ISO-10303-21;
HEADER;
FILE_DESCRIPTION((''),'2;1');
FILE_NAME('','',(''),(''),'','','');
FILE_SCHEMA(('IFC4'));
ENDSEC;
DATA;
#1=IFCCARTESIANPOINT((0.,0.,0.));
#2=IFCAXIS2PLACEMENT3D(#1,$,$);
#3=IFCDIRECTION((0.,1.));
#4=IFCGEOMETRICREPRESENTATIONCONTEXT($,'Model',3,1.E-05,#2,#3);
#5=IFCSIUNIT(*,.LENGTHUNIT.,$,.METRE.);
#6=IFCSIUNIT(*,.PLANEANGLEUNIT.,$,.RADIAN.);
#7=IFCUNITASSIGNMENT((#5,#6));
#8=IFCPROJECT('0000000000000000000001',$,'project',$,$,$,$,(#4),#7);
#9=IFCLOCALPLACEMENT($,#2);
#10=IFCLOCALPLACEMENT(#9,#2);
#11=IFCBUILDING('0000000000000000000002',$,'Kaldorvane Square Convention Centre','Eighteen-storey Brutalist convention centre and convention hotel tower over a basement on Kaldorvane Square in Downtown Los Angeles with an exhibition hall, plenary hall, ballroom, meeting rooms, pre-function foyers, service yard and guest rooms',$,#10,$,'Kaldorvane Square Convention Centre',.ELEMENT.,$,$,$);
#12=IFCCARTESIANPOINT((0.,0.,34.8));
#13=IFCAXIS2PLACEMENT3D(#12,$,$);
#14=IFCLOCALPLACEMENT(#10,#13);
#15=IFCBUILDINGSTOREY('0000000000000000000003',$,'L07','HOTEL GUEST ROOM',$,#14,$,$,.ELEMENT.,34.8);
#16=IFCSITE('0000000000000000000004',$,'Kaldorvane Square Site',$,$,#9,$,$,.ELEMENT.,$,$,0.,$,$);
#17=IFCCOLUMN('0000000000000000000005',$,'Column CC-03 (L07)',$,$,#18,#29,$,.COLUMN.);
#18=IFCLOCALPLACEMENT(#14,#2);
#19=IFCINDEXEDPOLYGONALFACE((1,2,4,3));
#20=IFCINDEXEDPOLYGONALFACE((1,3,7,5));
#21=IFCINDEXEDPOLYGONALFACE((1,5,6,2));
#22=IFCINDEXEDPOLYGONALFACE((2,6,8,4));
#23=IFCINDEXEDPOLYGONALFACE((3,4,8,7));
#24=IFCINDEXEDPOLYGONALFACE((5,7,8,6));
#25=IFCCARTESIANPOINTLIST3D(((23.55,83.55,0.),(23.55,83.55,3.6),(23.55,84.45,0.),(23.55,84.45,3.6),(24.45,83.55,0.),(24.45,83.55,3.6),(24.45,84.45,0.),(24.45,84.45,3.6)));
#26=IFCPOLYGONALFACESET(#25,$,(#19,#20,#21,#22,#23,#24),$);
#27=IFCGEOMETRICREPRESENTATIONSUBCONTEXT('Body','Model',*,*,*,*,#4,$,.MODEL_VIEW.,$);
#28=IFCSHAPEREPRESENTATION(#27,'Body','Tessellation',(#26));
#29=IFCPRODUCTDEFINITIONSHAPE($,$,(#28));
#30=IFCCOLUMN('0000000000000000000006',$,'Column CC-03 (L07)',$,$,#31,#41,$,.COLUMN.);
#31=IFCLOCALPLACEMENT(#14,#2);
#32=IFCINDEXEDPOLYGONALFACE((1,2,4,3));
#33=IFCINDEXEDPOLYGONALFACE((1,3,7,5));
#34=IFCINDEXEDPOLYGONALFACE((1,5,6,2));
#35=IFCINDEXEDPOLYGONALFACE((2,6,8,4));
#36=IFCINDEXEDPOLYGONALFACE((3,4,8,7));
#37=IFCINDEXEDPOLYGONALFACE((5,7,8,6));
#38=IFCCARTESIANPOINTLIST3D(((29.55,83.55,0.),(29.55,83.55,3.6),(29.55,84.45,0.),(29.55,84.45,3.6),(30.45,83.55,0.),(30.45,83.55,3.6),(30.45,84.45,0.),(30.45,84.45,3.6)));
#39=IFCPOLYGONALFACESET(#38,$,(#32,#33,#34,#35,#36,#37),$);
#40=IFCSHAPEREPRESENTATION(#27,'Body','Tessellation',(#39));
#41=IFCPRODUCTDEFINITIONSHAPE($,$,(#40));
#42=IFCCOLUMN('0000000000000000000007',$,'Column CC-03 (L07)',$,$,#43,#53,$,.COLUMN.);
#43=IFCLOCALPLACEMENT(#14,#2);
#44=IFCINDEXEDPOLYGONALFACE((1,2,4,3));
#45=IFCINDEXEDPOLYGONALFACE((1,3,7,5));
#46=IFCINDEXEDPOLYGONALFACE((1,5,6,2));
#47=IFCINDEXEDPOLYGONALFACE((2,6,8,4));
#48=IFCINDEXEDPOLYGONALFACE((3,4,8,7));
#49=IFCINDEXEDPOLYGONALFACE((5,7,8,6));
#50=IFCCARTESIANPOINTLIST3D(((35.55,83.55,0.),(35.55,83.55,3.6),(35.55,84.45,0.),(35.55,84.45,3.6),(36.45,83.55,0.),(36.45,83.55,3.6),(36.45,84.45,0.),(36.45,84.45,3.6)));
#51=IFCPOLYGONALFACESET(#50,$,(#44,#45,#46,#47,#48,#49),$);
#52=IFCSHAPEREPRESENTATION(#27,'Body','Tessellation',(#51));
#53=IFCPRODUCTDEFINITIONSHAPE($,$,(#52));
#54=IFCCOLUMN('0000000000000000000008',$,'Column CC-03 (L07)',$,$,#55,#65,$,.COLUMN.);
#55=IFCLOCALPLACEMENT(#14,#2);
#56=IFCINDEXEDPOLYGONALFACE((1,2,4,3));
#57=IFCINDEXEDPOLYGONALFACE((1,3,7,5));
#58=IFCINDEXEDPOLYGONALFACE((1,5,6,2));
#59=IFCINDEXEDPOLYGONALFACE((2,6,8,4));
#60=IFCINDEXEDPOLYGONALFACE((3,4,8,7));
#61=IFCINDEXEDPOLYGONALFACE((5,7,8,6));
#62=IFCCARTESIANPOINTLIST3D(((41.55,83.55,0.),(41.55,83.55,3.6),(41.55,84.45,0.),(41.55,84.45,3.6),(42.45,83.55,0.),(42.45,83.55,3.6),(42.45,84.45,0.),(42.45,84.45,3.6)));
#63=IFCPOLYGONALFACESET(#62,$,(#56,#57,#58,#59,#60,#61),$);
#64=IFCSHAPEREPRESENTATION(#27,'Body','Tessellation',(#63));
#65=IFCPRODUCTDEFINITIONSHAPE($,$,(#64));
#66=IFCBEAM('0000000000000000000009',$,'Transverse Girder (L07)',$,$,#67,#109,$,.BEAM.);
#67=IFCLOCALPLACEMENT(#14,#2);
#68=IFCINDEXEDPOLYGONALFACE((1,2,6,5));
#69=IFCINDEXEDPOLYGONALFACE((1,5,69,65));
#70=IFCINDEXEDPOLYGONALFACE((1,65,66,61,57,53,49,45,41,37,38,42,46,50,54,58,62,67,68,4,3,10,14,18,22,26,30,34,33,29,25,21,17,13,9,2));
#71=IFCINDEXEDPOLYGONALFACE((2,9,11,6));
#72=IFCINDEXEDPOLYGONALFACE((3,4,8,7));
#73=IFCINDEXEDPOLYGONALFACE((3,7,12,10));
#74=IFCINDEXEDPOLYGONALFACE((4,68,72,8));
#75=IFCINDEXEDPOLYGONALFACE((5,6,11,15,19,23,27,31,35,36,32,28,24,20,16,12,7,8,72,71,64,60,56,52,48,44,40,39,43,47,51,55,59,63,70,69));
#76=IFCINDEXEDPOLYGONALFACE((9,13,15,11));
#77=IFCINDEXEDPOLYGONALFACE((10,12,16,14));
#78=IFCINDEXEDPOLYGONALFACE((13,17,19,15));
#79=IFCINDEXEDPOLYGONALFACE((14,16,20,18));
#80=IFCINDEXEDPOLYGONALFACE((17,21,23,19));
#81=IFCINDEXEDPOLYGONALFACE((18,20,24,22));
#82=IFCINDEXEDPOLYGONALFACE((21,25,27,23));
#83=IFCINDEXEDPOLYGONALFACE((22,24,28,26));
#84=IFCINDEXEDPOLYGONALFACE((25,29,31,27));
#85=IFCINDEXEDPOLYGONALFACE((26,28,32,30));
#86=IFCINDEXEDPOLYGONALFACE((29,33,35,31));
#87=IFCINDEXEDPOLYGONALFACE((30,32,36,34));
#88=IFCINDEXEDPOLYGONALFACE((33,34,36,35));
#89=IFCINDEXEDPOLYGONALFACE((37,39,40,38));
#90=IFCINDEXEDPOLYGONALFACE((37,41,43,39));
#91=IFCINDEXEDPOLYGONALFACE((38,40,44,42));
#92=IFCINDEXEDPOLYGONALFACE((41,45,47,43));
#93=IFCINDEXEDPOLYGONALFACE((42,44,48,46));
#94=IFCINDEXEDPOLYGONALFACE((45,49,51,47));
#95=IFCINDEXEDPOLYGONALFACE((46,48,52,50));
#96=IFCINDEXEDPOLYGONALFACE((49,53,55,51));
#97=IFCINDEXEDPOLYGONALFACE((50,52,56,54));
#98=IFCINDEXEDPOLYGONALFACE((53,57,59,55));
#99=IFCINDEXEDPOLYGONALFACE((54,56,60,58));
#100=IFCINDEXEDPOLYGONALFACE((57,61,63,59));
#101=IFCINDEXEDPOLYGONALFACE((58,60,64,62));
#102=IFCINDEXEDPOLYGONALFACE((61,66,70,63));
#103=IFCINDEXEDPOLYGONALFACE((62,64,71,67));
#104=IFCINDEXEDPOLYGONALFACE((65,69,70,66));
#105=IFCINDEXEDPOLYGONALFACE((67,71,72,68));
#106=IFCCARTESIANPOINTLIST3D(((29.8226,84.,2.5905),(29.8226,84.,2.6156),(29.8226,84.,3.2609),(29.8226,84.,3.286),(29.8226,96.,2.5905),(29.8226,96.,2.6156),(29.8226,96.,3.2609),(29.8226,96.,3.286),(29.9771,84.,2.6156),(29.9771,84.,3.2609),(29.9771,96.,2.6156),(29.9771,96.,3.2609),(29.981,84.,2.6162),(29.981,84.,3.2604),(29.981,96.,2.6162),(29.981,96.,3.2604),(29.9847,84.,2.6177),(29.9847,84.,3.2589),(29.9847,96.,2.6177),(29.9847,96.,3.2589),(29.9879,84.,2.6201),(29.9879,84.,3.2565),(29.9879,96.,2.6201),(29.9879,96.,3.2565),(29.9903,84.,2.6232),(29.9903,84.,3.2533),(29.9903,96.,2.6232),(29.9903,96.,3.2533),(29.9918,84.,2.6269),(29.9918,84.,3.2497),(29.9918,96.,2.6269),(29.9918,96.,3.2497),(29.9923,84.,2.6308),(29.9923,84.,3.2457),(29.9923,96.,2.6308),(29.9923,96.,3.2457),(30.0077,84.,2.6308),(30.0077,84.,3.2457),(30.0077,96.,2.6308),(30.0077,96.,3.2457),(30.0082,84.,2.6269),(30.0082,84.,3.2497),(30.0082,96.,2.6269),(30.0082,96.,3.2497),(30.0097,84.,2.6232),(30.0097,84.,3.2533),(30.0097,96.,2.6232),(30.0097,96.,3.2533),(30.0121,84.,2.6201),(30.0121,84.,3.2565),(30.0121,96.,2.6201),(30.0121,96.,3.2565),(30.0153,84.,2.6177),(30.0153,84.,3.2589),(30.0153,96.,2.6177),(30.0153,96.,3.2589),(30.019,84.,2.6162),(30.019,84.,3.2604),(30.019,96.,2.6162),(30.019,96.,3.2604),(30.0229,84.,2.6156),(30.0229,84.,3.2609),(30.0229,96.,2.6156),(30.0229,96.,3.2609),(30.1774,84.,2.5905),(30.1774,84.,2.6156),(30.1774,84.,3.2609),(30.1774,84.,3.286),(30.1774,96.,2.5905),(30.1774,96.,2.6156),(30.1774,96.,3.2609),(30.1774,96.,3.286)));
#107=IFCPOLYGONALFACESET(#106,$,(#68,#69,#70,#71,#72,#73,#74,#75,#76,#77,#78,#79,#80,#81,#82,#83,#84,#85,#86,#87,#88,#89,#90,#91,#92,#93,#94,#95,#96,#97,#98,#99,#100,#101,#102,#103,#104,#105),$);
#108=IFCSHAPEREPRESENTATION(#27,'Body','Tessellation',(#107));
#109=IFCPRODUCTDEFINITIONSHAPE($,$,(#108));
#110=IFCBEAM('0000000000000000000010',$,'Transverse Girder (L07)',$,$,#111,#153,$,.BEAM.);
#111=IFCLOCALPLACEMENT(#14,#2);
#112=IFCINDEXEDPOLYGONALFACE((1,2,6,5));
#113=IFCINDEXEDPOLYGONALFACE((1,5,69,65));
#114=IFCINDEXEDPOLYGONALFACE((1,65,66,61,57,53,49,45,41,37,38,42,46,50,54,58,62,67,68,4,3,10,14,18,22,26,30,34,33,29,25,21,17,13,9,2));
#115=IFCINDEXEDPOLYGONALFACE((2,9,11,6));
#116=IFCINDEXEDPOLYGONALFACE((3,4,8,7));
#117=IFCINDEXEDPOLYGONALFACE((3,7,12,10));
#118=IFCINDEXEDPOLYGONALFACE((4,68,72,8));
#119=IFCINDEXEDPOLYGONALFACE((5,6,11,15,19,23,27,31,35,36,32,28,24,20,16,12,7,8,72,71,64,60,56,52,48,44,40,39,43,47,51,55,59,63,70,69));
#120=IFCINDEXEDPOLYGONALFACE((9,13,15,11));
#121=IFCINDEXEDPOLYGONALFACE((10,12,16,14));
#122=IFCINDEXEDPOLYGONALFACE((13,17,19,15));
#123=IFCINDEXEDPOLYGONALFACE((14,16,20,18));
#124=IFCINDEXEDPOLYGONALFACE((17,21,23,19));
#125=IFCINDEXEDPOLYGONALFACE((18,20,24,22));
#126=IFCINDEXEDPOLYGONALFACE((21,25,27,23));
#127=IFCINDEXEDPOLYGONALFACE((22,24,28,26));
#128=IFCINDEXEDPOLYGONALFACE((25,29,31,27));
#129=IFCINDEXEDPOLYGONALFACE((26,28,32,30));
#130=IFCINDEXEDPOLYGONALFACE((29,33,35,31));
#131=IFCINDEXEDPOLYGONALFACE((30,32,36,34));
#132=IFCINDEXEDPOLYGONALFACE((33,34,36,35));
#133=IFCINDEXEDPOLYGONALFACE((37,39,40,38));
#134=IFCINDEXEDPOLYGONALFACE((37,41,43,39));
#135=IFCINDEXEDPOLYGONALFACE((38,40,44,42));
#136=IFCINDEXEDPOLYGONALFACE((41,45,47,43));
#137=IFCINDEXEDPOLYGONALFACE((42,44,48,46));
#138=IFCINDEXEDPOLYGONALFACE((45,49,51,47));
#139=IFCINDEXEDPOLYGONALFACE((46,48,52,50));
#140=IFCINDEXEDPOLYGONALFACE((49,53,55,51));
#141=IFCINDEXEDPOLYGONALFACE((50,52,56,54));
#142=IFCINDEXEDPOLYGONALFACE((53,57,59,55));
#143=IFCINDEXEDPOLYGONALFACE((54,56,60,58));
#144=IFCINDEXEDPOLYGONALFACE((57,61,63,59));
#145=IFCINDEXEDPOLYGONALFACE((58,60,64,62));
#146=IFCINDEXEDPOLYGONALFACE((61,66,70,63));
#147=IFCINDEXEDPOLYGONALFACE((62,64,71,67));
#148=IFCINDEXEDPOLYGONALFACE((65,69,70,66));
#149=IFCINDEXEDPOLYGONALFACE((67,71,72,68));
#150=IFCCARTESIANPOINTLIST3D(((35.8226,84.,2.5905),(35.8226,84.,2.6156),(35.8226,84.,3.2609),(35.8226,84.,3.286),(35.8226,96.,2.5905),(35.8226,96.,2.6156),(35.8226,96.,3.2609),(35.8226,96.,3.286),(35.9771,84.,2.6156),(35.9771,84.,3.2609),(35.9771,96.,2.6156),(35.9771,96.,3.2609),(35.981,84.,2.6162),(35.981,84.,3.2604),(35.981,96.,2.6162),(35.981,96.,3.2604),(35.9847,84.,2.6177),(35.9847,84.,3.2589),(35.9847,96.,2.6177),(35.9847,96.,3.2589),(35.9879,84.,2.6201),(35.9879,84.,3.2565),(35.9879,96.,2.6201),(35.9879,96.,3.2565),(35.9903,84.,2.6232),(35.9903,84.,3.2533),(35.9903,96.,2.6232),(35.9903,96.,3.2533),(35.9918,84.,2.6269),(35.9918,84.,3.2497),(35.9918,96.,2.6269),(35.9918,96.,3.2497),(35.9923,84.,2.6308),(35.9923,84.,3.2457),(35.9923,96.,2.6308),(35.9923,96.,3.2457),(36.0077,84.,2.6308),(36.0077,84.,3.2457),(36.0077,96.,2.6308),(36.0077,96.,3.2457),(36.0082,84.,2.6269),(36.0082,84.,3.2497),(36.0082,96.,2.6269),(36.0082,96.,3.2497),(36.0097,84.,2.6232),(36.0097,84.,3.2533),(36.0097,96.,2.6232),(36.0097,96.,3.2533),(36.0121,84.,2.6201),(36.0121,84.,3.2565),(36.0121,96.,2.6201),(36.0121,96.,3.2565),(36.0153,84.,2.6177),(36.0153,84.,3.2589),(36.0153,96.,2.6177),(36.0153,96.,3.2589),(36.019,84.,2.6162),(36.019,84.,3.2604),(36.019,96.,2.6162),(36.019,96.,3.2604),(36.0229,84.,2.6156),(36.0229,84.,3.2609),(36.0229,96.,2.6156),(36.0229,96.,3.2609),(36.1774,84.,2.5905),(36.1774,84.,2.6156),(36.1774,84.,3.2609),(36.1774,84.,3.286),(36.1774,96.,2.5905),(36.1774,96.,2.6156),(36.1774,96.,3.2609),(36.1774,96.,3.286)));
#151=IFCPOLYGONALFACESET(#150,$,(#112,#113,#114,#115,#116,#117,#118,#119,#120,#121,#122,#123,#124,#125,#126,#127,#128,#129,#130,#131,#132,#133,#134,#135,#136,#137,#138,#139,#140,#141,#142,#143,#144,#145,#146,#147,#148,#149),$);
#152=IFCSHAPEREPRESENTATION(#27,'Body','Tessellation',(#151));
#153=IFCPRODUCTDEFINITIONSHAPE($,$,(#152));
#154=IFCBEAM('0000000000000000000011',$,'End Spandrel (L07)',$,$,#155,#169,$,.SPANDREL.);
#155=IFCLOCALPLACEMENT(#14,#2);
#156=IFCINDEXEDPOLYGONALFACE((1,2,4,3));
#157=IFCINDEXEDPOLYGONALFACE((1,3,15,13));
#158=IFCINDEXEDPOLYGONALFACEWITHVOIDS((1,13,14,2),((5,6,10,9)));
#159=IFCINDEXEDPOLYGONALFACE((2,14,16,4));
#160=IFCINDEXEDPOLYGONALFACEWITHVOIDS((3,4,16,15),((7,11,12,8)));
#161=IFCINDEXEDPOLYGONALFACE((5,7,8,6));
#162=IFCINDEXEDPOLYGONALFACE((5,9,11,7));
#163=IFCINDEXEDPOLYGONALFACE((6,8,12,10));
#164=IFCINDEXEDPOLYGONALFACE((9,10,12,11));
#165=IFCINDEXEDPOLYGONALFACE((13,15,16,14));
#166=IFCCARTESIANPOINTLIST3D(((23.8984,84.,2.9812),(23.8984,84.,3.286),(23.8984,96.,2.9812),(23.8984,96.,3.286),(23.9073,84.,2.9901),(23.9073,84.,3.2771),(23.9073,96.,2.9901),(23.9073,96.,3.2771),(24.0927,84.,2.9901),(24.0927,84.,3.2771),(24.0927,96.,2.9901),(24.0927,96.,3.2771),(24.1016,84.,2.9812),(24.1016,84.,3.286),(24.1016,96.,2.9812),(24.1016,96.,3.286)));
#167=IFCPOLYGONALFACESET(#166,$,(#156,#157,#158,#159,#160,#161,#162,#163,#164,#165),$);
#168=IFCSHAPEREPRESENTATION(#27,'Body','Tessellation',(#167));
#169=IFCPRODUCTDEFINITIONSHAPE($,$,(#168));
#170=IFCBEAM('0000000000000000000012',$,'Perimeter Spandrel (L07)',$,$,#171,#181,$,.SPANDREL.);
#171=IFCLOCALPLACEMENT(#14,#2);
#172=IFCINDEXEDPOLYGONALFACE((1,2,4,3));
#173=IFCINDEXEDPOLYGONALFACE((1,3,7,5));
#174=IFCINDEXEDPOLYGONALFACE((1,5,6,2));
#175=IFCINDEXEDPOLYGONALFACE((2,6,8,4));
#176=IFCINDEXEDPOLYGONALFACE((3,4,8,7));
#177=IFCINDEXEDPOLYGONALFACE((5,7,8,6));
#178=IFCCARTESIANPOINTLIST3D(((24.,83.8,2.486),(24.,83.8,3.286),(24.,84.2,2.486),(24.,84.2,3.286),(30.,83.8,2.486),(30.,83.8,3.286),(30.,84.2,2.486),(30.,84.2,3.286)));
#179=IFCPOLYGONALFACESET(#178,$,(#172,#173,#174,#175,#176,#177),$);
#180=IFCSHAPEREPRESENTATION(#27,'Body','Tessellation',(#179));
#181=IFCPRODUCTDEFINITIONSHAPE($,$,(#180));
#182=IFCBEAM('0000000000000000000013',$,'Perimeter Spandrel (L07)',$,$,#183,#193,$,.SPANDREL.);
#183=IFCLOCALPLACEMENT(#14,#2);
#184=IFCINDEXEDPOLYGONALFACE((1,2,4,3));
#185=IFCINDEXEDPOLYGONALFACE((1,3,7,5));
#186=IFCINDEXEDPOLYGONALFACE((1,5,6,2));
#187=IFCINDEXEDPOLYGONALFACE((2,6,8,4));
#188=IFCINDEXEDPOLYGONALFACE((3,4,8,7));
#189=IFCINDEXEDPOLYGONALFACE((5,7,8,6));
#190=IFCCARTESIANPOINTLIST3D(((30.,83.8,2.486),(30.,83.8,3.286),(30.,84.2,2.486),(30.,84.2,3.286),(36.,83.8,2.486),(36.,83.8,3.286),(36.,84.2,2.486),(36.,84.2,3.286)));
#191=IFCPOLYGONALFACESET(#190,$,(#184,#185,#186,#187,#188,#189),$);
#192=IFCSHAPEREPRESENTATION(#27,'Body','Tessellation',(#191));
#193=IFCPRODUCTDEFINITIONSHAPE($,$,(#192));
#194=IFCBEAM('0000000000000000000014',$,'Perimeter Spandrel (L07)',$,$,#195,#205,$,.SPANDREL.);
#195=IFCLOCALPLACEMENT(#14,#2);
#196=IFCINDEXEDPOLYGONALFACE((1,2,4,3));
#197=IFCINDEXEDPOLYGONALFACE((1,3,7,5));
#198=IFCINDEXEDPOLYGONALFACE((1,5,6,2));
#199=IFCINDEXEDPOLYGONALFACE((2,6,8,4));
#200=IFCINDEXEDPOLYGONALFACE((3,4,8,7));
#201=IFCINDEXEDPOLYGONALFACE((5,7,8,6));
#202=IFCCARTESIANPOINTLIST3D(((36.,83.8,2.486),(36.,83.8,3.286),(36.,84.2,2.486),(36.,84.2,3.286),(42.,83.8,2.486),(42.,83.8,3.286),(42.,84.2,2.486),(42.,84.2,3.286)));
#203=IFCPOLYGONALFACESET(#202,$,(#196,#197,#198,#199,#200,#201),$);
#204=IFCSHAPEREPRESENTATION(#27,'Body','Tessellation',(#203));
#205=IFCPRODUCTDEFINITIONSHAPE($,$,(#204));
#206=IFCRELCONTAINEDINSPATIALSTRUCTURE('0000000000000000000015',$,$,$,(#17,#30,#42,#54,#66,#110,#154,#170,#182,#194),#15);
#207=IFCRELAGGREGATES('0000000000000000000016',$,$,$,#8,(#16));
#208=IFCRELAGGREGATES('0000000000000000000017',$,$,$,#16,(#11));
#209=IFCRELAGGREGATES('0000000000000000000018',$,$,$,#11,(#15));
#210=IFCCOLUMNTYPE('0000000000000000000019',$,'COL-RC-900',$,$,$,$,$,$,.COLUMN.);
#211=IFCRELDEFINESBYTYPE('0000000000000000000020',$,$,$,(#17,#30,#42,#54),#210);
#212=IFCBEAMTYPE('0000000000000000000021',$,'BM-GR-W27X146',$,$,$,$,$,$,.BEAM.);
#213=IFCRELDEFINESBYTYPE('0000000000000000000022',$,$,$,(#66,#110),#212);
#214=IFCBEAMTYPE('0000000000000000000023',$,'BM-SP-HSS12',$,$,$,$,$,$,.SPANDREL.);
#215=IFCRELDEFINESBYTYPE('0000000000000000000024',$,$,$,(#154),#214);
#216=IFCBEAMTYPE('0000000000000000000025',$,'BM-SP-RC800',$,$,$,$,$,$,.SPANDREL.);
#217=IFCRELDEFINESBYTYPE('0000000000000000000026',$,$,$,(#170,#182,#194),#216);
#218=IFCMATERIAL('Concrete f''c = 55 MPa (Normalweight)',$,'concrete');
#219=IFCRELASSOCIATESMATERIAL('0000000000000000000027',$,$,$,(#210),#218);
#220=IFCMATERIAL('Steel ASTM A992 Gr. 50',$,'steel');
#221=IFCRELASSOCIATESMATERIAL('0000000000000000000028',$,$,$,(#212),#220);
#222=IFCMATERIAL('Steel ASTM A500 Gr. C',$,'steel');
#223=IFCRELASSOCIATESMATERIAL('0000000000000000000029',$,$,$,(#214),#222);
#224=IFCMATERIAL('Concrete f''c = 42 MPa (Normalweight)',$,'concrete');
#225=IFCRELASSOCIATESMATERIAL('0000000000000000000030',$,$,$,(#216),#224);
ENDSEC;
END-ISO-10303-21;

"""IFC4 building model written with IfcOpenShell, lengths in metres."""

from ifc_helpers import new_model, si_unit, direction, frame, origin, origin_2d, place, context, subcontext, project, spatial, rectangle, hollow_rectangle, i_section, extrude, material, material_profile, profile_set, type_object, element, save


model = new_model("IFC4")

# Units and contexts
model_context = context("Model", 3, precision=1e-05, world=origin(), true_north=direction((0.0, 1.0)))
body_context = subcontext(model_context, "Body", "Model", "MODEL_VIEW")
ifc_project = project(units=[si_unit("LENGTHUNIT", "METRE"), si_unit("PLANEANGLEUNIT", "RADIAN")], contexts=[model_context])

# Site, building, storey
site_placement = place(None, origin())
site = spatial("IfcSite", under=ifc_project, at=site_placement, Name="Kaldorvane Square Site", CompositionType="ELEMENT", RefElevation=0.0)
building_placement = place(site_placement, origin())
building = spatial("IfcBuilding", under=site, at=building_placement, Name="Kaldorvane Square Convention Centre", Description="Eighteen-storey Brutalist convention centre and convention hotel tower over a basement on Kaldorvane Square in Downtown Los Angeles with an exhibition hall, plenary hall, ballroom, meeting rooms, pre-function foyers, service yard and guest rooms", LongName="Kaldorvane Square Convention Centre", CompositionType="ELEMENT")
storey_placement = place(building_placement, frame((0.0, 0.0, 34.8)))
storey = spatial("IfcBuildingStorey", under=building, at=storey_placement, Name="L07", Description="HOTEL GUEST ROOM", CompositionType="ELEMENT", Elevation=34.8)

# Columns
ifc_material_1 = material(Name="Concrete f'c = 55 MPa (Normalweight)", Category="concrete")
ifc_material_profile_1 = material_profile(ifc_material_1, rectangle(XDim=0.9, YDim=0.9, at=origin_2d()), Name="RC900X900")
ifc_profile_set_1 = profile_set([ifc_material_profile_1], Name="Concrete f'c = 55 MPa (Normalweight)")
column_type = type_object("IfcColumnType", Name="COL-RC-900", PredefinedType="COLUMN", material=ifc_profile_set_1)
for number, where, z_axis, x_axis, name in (
    (1, (24.0, 84.0, 0.0), (0.0, 0.0, 1.0), (1.0, 0.0, 0.0), "Column CC-03 (L07)"),
    (2, (30.0, 84.0, 0.0), (0.0, 0.0, 1.0), (1.0, 0.0, 0.0), "Column CC-03 (L07)"),
    (3, (36.0, 84.0, 0.0), (0.0, 0.0, 1.0), (1.0, 0.0, 0.0), "Column CC-03 (L07)"),
    (4, (42.0, 84.0, 0.0), (0.0, 0.0, 1.0), (1.0, 0.0, 0.0), "Column CC-03 (L07)"),
):
    element("IfcColumn", number, at=place(storey_placement, frame(where, z_axis=z_axis, x_axis=x_axis)), inside=storey, type_object=column_type, Name=name, PredefinedType="COLUMN", context=body_context, shape_type="SweptSolid", body=[
        extrude(rectangle(XDim=0.9, YDim=0.9, at=origin_2d()), origin(), (0.0, 0.0, 1.0), 3.6),
    ])

# Beams
ifc_material_2 = material(Name="Steel ASTM A992 Gr. 50", Category="steel")
ifc_material_profile_2 = material_profile(ifc_material_2, i_section(OverallWidth=0.3547, OverallDepth=0.6955, WebThickness=0.0154, FlangeThickness=0.0251, FilletRadius=0.0152, at=origin_2d()), Name="W27X146")
ifc_profile_set_2 = profile_set([ifc_material_profile_2], Name="Steel ASTM A992 Gr. 50")
beam_type_1 = type_object("IfcBeamType", Name="BM-GR-W27X146", PredefinedType="BEAM", material=ifc_profile_set_2)
for number, where, z_axis, x_axis, name in (
    (5, (30.0, 84.0, 2.9383), (0.0, 1.0, 0.0), (-1.0, 0.0, 0.0), "Transverse Girder (L07)"),
    (6, (36.0, 84.0, 2.9383), (0.0, 1.0, 0.0), (-1.0, 0.0, 0.0), "Transverse Girder (L07)"),
):
    element("IfcBeam", number, at=place(storey_placement, frame(where, z_axis=z_axis, x_axis=x_axis)), inside=storey, type_object=beam_type_1, Name=name, PredefinedType="BEAM", context=body_context, shape_type="SweptSolid", body=[
        extrude(i_section(OverallWidth=0.3547, OverallDepth=0.6955, WebThickness=0.0154, FlangeThickness=0.0251, FilletRadius=0.0152, at=origin_2d()), origin(), (0.0, 0.0, 1.0), 12.0),
    ])
ifc_material_3 = material(Name="Steel ASTM A500 Gr. C", Category="steel")
ifc_material_profile_3 = material_profile(ifc_material_3, hollow_rectangle(XDim=0.2032, YDim=0.3048, WallThickness=0.0089, at=origin_2d()), Name="HSS12X8X3/8")
ifc_profile_set_3 = profile_set([ifc_material_profile_3], Name="Steel ASTM A500 Gr. C")
beam_type_2 = type_object("IfcBeamType", Name="BM-SP-HSS12", PredefinedType="SPANDREL", material=ifc_profile_set_3)
beam_placement = place(storey_placement, frame((24.0, 84.0, 3.1336), z_axis=(0.0, 1.0, 0.0), x_axis=(-1.0, 0.0, 0.0)))
element("IfcBeam", 7, at=beam_placement, inside=storey, type_object=beam_type_2, Name="End Spandrel (L07)", PredefinedType="SPANDREL", context=body_context, shape_type="SweptSolid", body=[
    extrude(hollow_rectangle(XDim=0.2032, YDim=0.3048, WallThickness=0.0089, at=origin_2d()), origin(), (0.0, 0.0, 1.0), 12.0),
])
ifc_material_4 = material(Name="Concrete f'c = 42 MPa (Normalweight)", Category="concrete")
ifc_material_profile_4 = material_profile(ifc_material_4, rectangle(XDim=0.4, YDim=0.8, at=origin_2d()), Name="RCSP800X400")
ifc_profile_set_4 = profile_set([ifc_material_profile_4], Name="Concrete f'c = 42 MPa (Normalweight)")
beam_type_3 = type_object("IfcBeamType", Name="BM-SP-RC800", PredefinedType="SPANDREL", material=ifc_profile_set_4)
for number, where, z_axis, x_axis, name in (
    (8, (24.0, 84.0, 2.886), (1.0, 0.0, 0.0), (0.0, 1.0, 0.0), "Perimeter Spandrel (L07)"),
    (9, (30.0, 84.0, 2.886), (1.0, 0.0, 0.0), (0.0, 1.0, 0.0), "Perimeter Spandrel (L07)"),
    (10, (36.0, 84.0, 2.886), (1.0, 0.0, 0.0), (0.0, 1.0, 0.0), "Perimeter Spandrel (L07)"),
):
    element("IfcBeam", number, at=place(storey_placement, frame(where, z_axis=z_axis, x_axis=x_axis)), inside=storey, type_object=beam_type_3, Name=name, PredefinedType="SPANDREL", context=body_context, shape_type="SweptSolid", body=[
        extrude(rectangle(XDim=0.4, YDim=0.8, at=origin_2d()), origin(), (0.0, 0.0, 1.0), 6.0),
    ])

save(model, "model.ifc")
